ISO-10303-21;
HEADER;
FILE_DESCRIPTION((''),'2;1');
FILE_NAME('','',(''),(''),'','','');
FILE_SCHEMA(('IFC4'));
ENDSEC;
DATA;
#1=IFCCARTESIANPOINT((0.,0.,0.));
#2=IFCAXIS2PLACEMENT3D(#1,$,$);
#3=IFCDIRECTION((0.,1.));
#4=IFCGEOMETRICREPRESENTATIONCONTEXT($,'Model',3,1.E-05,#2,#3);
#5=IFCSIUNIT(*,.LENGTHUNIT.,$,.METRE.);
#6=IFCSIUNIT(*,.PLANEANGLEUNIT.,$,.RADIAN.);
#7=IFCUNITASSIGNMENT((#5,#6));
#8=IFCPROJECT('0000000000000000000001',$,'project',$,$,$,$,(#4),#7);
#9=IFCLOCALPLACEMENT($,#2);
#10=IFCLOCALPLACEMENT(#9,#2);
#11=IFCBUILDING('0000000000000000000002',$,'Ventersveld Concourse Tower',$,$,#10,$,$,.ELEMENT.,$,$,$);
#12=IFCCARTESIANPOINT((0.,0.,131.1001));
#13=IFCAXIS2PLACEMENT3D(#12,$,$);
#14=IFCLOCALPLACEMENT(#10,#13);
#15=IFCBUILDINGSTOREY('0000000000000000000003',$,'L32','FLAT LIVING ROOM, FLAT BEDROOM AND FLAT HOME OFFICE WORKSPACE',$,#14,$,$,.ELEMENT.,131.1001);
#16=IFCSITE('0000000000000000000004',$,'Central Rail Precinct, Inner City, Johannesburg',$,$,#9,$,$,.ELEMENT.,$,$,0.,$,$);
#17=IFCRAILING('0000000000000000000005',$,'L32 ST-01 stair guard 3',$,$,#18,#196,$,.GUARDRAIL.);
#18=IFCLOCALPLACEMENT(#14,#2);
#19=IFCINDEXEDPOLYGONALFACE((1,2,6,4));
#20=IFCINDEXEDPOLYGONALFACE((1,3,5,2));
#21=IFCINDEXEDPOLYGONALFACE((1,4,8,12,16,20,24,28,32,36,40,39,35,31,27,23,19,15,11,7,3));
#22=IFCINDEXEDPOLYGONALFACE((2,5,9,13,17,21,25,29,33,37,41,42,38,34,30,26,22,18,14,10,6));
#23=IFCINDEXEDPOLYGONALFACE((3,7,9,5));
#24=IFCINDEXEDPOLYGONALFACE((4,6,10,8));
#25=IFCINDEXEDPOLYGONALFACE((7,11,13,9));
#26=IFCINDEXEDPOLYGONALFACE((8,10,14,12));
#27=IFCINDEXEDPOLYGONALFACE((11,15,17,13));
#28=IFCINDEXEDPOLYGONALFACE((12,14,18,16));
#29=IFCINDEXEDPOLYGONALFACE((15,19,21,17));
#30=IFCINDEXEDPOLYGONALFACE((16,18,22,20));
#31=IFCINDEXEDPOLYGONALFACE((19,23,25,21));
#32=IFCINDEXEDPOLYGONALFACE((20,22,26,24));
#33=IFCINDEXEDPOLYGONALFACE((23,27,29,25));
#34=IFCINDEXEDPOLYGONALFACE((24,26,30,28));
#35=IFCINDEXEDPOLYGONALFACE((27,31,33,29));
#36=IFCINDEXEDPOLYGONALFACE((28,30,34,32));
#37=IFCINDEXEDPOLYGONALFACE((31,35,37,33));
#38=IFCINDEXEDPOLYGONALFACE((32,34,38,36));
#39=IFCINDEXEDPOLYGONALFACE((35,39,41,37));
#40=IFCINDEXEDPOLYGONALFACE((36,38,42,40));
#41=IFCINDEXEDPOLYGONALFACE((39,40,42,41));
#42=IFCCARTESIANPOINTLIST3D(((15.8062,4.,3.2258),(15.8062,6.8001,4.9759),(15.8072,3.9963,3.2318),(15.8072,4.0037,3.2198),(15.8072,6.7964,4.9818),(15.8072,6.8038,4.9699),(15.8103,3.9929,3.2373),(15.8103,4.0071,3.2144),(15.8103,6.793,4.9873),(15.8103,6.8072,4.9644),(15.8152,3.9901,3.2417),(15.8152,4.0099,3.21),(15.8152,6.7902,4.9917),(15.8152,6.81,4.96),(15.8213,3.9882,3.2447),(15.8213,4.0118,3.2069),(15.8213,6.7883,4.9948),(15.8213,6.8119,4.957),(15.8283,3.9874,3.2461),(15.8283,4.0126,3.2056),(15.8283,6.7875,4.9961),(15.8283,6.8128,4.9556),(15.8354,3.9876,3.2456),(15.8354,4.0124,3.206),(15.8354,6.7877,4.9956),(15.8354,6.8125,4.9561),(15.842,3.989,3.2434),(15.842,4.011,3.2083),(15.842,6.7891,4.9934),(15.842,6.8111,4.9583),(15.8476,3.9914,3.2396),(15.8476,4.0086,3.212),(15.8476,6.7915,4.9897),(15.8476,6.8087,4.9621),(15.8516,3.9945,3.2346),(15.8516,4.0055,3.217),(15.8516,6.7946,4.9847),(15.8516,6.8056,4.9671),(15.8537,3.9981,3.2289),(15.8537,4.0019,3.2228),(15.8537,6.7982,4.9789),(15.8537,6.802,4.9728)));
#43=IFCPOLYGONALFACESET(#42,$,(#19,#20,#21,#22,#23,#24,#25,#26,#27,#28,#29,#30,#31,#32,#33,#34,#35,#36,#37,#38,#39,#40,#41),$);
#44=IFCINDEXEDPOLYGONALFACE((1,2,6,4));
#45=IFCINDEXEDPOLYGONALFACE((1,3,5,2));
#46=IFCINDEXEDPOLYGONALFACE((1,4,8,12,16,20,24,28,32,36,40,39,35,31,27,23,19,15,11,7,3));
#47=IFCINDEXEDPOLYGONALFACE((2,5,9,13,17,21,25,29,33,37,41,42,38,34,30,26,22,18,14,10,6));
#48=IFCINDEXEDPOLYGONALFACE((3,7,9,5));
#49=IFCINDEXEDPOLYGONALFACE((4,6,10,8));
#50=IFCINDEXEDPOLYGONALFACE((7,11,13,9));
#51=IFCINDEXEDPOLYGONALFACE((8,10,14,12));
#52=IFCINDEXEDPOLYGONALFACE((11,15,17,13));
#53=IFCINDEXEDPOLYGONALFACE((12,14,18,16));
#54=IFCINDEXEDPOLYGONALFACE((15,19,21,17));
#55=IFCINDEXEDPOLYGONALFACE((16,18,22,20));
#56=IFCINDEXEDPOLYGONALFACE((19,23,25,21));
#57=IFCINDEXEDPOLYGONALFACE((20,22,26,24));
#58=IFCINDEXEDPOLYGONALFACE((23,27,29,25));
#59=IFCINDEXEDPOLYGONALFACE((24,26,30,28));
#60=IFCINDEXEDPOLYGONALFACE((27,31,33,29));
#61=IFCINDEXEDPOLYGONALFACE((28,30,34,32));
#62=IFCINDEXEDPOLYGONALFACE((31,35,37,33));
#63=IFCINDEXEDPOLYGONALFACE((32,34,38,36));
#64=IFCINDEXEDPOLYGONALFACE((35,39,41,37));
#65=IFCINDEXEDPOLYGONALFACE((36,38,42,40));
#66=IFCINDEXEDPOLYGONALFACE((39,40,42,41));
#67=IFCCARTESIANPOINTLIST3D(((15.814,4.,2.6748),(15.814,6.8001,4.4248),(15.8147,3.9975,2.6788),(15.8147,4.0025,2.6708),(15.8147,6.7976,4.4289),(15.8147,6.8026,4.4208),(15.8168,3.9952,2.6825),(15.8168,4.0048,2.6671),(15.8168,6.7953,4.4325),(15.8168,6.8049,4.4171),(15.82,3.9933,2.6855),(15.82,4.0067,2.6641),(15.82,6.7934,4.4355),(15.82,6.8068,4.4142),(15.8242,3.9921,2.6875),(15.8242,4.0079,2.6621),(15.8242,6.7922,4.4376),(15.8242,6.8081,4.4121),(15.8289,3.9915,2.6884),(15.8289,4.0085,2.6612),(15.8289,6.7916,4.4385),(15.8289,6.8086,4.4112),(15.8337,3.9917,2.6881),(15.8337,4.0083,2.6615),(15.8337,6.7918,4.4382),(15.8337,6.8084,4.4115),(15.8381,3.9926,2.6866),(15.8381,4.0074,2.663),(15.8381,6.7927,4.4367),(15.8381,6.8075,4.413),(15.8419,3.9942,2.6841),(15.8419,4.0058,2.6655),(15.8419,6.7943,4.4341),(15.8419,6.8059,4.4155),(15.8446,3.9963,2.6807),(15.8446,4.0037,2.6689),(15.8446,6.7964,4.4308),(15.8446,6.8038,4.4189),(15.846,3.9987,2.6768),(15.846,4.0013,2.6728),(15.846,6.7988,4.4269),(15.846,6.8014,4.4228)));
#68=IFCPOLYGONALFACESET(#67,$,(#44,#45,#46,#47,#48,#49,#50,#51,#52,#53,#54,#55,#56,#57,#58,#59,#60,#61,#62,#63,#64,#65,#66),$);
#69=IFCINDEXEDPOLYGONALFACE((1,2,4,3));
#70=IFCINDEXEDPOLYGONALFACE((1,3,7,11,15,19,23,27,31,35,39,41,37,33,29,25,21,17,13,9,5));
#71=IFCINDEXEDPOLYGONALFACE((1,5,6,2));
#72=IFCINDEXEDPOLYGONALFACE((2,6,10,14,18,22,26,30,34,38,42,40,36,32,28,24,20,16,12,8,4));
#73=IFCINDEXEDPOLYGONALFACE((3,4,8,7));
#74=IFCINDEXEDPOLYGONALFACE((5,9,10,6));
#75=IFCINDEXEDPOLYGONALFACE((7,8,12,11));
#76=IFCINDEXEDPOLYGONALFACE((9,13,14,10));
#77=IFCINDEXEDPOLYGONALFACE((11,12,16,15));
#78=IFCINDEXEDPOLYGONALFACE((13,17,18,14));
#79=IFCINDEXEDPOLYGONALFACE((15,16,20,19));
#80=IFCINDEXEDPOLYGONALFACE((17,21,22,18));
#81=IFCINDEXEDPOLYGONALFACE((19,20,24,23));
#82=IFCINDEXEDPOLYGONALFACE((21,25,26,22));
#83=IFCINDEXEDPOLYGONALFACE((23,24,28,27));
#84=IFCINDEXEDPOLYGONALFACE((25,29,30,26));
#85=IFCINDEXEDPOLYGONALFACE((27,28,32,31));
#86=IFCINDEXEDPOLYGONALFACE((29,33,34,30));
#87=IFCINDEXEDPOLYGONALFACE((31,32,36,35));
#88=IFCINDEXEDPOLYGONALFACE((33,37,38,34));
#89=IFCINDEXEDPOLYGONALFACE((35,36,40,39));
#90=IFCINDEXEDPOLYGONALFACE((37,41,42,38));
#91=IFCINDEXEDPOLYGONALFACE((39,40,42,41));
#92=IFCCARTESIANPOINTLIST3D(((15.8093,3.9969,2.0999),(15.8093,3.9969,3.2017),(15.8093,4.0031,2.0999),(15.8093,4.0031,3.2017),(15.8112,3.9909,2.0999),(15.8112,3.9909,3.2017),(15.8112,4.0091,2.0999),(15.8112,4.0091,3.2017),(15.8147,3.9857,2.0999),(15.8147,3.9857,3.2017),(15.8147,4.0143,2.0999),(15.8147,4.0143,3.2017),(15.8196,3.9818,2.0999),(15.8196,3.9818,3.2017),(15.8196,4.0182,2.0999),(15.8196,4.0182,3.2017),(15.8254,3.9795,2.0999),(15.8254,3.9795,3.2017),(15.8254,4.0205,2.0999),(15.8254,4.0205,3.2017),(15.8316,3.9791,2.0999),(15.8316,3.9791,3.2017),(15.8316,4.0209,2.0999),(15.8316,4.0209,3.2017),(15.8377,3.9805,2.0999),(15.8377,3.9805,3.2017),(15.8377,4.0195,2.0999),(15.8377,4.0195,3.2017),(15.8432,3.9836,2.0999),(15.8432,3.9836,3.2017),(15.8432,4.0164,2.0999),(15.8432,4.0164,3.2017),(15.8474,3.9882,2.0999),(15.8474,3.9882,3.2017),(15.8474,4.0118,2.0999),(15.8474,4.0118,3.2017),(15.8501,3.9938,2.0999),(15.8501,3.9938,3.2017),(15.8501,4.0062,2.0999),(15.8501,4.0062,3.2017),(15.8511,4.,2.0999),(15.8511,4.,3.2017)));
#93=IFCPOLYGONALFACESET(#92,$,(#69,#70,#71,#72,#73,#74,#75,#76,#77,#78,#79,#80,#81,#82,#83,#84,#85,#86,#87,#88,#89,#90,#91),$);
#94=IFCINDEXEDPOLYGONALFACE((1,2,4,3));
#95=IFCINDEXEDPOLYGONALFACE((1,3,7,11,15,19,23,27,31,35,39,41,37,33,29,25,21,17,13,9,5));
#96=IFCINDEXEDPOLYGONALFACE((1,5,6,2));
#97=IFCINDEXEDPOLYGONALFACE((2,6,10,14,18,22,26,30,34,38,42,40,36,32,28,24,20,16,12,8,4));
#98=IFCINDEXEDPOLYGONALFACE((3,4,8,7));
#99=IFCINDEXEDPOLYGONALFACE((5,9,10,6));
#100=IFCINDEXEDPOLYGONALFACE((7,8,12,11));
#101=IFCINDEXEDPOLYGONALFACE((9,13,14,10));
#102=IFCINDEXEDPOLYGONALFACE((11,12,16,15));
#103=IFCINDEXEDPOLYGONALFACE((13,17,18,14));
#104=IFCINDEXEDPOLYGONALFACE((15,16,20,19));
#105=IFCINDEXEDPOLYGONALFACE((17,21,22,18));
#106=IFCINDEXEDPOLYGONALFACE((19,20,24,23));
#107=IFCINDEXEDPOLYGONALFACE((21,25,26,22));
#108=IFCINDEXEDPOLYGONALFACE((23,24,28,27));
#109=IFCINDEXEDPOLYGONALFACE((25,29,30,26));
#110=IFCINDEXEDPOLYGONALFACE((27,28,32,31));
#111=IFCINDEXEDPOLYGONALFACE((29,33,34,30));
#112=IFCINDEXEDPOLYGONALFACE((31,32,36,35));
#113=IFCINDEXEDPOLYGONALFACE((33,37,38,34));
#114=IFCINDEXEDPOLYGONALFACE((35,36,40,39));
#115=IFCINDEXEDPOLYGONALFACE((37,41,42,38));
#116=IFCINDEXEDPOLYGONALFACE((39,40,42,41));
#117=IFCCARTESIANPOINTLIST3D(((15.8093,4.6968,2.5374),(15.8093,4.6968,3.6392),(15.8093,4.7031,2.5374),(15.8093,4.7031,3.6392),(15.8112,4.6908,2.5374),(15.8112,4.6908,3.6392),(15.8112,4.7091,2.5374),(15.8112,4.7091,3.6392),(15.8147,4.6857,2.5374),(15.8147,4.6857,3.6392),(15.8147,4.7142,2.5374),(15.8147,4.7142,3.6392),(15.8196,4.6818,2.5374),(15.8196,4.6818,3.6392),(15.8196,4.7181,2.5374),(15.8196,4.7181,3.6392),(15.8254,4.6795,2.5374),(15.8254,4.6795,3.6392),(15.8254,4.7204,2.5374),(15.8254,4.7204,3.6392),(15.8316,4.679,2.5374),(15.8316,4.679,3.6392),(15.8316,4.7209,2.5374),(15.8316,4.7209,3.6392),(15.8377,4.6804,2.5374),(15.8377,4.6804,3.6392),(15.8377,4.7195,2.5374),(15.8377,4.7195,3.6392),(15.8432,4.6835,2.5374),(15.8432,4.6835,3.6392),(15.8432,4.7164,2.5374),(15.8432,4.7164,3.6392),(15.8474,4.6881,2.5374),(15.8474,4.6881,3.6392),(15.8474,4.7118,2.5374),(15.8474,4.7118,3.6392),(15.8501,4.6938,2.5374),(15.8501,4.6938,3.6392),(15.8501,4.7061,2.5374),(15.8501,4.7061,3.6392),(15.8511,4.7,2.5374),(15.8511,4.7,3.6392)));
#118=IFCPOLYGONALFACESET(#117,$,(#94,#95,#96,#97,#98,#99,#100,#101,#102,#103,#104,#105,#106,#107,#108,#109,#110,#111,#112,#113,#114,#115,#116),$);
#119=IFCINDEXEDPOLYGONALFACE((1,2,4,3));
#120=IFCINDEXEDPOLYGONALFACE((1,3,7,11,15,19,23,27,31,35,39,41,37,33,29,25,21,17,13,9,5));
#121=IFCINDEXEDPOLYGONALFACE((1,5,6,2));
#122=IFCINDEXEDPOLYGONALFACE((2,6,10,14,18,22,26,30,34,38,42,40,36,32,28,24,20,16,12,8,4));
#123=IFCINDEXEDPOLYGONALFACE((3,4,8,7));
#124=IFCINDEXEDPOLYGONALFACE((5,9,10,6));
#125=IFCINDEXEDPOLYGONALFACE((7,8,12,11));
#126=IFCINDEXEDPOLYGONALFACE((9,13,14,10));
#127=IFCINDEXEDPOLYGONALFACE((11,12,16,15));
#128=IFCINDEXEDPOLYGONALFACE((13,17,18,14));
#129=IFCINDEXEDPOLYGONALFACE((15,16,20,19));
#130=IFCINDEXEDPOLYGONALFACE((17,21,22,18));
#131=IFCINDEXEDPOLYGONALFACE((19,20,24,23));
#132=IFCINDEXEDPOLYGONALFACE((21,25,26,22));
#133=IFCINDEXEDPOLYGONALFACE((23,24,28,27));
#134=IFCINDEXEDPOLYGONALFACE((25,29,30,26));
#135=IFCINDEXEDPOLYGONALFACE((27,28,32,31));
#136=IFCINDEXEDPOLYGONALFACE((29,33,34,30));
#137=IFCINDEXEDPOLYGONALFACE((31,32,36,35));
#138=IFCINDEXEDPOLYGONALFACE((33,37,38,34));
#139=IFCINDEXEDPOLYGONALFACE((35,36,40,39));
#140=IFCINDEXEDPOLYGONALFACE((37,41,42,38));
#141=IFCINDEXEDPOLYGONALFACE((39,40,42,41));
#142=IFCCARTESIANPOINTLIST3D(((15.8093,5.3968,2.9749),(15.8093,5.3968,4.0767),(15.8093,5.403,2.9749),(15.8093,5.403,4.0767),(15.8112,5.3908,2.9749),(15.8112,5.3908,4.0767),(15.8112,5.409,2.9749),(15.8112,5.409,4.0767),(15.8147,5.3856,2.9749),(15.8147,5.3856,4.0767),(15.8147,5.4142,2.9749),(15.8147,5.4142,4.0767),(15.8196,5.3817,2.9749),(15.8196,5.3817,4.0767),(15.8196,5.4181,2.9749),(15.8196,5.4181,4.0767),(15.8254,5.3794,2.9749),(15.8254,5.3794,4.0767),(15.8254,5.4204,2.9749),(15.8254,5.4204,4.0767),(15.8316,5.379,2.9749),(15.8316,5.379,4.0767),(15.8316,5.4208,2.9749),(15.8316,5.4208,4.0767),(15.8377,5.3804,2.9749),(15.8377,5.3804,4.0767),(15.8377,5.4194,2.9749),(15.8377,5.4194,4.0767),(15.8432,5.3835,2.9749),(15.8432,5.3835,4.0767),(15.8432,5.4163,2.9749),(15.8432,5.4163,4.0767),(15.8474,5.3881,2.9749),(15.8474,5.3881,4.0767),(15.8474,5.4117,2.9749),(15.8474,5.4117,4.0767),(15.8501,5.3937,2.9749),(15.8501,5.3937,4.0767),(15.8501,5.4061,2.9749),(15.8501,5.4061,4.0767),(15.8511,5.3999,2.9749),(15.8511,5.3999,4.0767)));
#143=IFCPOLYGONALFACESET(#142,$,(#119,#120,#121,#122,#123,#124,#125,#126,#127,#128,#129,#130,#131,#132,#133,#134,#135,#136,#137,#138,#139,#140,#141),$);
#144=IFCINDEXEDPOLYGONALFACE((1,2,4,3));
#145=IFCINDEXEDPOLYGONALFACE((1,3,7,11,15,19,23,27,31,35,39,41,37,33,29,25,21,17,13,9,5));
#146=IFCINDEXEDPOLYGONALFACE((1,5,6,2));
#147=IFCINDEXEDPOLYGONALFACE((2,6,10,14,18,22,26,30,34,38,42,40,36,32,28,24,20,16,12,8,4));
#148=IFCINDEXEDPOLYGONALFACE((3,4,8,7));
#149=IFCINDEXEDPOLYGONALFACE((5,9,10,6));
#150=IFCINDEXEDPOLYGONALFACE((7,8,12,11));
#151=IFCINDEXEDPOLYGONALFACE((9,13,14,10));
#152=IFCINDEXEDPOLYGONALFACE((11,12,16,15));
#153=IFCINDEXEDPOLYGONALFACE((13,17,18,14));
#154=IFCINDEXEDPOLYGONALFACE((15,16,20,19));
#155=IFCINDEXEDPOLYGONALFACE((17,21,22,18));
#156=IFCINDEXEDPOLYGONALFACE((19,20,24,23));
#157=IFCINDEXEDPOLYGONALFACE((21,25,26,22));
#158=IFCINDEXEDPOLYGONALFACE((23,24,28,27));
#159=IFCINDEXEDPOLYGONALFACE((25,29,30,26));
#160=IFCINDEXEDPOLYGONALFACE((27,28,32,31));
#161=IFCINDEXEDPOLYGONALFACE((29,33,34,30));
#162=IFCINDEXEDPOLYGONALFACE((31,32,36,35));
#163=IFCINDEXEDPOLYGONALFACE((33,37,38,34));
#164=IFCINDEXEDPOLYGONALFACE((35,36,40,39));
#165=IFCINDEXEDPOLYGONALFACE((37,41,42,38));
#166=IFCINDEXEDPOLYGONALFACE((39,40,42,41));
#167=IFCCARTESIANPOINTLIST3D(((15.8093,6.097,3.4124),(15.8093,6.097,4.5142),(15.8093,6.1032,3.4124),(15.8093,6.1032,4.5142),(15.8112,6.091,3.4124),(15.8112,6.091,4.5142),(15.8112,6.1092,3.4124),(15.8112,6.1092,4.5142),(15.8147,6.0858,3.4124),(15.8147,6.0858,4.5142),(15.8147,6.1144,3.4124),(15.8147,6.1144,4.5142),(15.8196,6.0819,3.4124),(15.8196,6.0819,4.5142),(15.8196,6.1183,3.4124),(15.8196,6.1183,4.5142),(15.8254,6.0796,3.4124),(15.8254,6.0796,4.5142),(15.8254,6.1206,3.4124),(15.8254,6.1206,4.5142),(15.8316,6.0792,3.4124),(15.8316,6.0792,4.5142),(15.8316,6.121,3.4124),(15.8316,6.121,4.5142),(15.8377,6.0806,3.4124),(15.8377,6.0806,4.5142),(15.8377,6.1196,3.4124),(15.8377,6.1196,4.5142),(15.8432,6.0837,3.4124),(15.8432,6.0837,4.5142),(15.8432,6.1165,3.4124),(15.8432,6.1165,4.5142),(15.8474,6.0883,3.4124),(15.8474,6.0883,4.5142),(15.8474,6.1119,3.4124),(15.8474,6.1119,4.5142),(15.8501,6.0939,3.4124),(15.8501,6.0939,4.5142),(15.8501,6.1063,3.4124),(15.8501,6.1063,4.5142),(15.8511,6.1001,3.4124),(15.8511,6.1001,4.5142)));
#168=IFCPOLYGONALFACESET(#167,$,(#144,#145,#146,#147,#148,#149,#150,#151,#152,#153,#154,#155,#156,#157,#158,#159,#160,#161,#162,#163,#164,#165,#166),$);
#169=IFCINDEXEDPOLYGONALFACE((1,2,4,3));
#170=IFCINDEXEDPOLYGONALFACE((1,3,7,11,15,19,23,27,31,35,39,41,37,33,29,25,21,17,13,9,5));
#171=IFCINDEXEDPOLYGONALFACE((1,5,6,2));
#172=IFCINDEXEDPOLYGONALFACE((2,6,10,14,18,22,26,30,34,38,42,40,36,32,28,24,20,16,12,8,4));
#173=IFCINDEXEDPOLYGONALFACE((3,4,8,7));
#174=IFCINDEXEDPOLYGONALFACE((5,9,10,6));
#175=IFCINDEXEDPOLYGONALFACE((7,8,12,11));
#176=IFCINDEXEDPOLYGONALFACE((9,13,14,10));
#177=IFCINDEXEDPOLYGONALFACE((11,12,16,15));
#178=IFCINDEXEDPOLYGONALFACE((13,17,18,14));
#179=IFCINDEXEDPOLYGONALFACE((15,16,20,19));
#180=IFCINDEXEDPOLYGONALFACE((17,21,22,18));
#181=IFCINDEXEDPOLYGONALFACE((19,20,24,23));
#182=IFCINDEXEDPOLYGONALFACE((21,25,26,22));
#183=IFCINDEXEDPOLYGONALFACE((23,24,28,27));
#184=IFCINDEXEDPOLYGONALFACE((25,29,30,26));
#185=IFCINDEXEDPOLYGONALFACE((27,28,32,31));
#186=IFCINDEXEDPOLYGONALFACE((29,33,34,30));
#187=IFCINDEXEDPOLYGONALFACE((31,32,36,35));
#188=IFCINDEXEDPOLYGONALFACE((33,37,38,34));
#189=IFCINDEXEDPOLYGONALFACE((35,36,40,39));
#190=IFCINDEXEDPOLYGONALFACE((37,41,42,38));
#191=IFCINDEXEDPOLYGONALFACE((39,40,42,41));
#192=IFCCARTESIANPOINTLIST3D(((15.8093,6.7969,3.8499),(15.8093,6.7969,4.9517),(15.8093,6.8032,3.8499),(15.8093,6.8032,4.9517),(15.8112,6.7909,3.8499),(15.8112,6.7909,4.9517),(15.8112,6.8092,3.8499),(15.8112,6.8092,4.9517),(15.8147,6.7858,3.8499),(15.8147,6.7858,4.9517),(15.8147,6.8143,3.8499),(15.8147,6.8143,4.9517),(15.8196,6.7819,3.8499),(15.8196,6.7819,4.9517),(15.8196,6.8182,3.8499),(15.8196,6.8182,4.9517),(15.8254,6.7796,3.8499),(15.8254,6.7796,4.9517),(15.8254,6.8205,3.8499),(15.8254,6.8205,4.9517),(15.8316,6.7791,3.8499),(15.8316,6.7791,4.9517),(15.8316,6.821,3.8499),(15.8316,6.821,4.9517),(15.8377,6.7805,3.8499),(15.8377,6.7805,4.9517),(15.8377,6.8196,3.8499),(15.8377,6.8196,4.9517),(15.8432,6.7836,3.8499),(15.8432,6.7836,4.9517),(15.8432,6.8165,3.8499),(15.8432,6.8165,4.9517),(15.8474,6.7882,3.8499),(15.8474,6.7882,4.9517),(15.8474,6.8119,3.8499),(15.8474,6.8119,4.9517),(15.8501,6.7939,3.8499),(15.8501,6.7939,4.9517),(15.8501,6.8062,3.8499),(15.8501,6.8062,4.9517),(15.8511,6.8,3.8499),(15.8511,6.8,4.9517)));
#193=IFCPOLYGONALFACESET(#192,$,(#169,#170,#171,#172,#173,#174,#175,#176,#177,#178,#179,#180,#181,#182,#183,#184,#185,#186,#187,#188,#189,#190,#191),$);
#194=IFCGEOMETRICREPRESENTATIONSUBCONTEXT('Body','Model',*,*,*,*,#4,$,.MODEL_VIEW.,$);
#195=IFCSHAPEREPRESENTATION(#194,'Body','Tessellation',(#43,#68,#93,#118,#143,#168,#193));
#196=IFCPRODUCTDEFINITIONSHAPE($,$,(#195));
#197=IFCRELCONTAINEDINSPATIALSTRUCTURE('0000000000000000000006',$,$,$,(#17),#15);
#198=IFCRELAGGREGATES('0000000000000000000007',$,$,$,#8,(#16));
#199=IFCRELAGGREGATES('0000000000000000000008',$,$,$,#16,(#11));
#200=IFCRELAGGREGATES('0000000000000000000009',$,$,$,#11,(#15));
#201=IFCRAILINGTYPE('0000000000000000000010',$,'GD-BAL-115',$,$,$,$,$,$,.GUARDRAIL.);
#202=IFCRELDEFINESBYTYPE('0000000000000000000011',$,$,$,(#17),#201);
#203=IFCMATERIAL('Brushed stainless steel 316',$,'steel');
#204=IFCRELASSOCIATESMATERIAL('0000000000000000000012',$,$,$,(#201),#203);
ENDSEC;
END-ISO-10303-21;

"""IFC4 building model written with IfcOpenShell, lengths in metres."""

from ifc_helpers import new_model, si_unit, direction, frame, origin, origin_2d, place, context, subcontext, project, spatial, circle, extrude, material, type_object, element, save


model = new_model("IFC4")

# Units and contexts
model_context = context("Model", 3, precision=1e-05, world=origin(), true_north=direction((0.0, 1.0)))
body_context = subcontext(model_context, "Body", "Model", "MODEL_VIEW")
ifc_project = project(units=[si_unit("LENGTHUNIT", "METRE"), si_unit("PLANEANGLEUNIT", "RADIAN")], contexts=[model_context])

# Site, building, storey
site_placement = place(None, origin())
site = spatial("IfcSite", under=ifc_project, at=site_placement, Name="Central Rail Precinct, Inner City, Johannesburg", CompositionType="ELEMENT", RefElevation=0.0)
building_placement = place(site_placement, origin())
building = spatial("IfcBuilding", under=site, at=building_placement, Name="Ventersveld Concourse Tower", CompositionType="ELEMENT")
storey_placement = place(building_placement, frame((0.0, 0.0, 131.1001)))
storey = spatial("IfcBuildingStorey", under=building, at=storey_placement, Name="L32", Description="FLAT LIVING ROOM, FLAT BEDROOM AND FLAT HOME OFFICE WORKSPACE", CompositionType="ELEMENT", Elevation=131.1001)

# Shared definitions
ifc_material_1 = material(Name="Brushed stainless steel 316", Category="steel")

# Railing
railing_type_1 = type_object("IfcRailingType", Name="GD-BAL-115", PredefinedType="GUARDRAIL", material=ifc_material_1)
railing_1_placement = place(storey_placement, frame((15.8301, 4.0, 2.0999)))
element("IfcRailing", 1, at=railing_1_placement, inside=storey, type_object=railing_type_1, Name="L32 ST-01 stair guard 3", PredefinedType="GUARDRAIL", context=body_context, shape_type="SweptSolid", body=[
    extrude(circle(Radius=0.0239, at=origin_2d()), frame((0.0, 0.0, 1.126), z_axis=(0.0, 0.848002, 0.529992), x_axis=(-1.0, 0.0, 0.0)), (0.0, 0.0, 1.0), 3.302),
    extrude(circle(Radius=0.0161, at=origin_2d()), frame((0.0, 0.0, 0.575), z_axis=(0.0, 0.848002, 0.529992), x_axis=(-1.0, 0.0, 0.0)), (0.0, 0.0, 1.0), 3.302),
    extrude(circle(Radius=0.021, at=origin_2d()), origin(), (0.0, 0.0, 1.0), 1.1018),
    extrude(circle(Radius=0.021, at=origin_2d()), frame((0.0, 0.7, 0.4375)), (0.0, 0.0, 1.0), 1.1018),
    extrude(circle(Radius=0.021, at=origin_2d()), frame((0.0, 1.3999, 0.875)), (0.0, 0.0, 1.0), 1.1018),
    extrude(circle(Radius=0.021, at=origin_2d()), frame((0.0, 2.1001, 1.3125)), (0.0, 0.0, 1.0), 1.1018),
    extrude(circle(Radius=0.021, at=origin_2d()), frame((0.0, 2.8, 1.75)), (0.0, 0.0, 1.0), 1.1018),
])

save(model, "model.ifc")
